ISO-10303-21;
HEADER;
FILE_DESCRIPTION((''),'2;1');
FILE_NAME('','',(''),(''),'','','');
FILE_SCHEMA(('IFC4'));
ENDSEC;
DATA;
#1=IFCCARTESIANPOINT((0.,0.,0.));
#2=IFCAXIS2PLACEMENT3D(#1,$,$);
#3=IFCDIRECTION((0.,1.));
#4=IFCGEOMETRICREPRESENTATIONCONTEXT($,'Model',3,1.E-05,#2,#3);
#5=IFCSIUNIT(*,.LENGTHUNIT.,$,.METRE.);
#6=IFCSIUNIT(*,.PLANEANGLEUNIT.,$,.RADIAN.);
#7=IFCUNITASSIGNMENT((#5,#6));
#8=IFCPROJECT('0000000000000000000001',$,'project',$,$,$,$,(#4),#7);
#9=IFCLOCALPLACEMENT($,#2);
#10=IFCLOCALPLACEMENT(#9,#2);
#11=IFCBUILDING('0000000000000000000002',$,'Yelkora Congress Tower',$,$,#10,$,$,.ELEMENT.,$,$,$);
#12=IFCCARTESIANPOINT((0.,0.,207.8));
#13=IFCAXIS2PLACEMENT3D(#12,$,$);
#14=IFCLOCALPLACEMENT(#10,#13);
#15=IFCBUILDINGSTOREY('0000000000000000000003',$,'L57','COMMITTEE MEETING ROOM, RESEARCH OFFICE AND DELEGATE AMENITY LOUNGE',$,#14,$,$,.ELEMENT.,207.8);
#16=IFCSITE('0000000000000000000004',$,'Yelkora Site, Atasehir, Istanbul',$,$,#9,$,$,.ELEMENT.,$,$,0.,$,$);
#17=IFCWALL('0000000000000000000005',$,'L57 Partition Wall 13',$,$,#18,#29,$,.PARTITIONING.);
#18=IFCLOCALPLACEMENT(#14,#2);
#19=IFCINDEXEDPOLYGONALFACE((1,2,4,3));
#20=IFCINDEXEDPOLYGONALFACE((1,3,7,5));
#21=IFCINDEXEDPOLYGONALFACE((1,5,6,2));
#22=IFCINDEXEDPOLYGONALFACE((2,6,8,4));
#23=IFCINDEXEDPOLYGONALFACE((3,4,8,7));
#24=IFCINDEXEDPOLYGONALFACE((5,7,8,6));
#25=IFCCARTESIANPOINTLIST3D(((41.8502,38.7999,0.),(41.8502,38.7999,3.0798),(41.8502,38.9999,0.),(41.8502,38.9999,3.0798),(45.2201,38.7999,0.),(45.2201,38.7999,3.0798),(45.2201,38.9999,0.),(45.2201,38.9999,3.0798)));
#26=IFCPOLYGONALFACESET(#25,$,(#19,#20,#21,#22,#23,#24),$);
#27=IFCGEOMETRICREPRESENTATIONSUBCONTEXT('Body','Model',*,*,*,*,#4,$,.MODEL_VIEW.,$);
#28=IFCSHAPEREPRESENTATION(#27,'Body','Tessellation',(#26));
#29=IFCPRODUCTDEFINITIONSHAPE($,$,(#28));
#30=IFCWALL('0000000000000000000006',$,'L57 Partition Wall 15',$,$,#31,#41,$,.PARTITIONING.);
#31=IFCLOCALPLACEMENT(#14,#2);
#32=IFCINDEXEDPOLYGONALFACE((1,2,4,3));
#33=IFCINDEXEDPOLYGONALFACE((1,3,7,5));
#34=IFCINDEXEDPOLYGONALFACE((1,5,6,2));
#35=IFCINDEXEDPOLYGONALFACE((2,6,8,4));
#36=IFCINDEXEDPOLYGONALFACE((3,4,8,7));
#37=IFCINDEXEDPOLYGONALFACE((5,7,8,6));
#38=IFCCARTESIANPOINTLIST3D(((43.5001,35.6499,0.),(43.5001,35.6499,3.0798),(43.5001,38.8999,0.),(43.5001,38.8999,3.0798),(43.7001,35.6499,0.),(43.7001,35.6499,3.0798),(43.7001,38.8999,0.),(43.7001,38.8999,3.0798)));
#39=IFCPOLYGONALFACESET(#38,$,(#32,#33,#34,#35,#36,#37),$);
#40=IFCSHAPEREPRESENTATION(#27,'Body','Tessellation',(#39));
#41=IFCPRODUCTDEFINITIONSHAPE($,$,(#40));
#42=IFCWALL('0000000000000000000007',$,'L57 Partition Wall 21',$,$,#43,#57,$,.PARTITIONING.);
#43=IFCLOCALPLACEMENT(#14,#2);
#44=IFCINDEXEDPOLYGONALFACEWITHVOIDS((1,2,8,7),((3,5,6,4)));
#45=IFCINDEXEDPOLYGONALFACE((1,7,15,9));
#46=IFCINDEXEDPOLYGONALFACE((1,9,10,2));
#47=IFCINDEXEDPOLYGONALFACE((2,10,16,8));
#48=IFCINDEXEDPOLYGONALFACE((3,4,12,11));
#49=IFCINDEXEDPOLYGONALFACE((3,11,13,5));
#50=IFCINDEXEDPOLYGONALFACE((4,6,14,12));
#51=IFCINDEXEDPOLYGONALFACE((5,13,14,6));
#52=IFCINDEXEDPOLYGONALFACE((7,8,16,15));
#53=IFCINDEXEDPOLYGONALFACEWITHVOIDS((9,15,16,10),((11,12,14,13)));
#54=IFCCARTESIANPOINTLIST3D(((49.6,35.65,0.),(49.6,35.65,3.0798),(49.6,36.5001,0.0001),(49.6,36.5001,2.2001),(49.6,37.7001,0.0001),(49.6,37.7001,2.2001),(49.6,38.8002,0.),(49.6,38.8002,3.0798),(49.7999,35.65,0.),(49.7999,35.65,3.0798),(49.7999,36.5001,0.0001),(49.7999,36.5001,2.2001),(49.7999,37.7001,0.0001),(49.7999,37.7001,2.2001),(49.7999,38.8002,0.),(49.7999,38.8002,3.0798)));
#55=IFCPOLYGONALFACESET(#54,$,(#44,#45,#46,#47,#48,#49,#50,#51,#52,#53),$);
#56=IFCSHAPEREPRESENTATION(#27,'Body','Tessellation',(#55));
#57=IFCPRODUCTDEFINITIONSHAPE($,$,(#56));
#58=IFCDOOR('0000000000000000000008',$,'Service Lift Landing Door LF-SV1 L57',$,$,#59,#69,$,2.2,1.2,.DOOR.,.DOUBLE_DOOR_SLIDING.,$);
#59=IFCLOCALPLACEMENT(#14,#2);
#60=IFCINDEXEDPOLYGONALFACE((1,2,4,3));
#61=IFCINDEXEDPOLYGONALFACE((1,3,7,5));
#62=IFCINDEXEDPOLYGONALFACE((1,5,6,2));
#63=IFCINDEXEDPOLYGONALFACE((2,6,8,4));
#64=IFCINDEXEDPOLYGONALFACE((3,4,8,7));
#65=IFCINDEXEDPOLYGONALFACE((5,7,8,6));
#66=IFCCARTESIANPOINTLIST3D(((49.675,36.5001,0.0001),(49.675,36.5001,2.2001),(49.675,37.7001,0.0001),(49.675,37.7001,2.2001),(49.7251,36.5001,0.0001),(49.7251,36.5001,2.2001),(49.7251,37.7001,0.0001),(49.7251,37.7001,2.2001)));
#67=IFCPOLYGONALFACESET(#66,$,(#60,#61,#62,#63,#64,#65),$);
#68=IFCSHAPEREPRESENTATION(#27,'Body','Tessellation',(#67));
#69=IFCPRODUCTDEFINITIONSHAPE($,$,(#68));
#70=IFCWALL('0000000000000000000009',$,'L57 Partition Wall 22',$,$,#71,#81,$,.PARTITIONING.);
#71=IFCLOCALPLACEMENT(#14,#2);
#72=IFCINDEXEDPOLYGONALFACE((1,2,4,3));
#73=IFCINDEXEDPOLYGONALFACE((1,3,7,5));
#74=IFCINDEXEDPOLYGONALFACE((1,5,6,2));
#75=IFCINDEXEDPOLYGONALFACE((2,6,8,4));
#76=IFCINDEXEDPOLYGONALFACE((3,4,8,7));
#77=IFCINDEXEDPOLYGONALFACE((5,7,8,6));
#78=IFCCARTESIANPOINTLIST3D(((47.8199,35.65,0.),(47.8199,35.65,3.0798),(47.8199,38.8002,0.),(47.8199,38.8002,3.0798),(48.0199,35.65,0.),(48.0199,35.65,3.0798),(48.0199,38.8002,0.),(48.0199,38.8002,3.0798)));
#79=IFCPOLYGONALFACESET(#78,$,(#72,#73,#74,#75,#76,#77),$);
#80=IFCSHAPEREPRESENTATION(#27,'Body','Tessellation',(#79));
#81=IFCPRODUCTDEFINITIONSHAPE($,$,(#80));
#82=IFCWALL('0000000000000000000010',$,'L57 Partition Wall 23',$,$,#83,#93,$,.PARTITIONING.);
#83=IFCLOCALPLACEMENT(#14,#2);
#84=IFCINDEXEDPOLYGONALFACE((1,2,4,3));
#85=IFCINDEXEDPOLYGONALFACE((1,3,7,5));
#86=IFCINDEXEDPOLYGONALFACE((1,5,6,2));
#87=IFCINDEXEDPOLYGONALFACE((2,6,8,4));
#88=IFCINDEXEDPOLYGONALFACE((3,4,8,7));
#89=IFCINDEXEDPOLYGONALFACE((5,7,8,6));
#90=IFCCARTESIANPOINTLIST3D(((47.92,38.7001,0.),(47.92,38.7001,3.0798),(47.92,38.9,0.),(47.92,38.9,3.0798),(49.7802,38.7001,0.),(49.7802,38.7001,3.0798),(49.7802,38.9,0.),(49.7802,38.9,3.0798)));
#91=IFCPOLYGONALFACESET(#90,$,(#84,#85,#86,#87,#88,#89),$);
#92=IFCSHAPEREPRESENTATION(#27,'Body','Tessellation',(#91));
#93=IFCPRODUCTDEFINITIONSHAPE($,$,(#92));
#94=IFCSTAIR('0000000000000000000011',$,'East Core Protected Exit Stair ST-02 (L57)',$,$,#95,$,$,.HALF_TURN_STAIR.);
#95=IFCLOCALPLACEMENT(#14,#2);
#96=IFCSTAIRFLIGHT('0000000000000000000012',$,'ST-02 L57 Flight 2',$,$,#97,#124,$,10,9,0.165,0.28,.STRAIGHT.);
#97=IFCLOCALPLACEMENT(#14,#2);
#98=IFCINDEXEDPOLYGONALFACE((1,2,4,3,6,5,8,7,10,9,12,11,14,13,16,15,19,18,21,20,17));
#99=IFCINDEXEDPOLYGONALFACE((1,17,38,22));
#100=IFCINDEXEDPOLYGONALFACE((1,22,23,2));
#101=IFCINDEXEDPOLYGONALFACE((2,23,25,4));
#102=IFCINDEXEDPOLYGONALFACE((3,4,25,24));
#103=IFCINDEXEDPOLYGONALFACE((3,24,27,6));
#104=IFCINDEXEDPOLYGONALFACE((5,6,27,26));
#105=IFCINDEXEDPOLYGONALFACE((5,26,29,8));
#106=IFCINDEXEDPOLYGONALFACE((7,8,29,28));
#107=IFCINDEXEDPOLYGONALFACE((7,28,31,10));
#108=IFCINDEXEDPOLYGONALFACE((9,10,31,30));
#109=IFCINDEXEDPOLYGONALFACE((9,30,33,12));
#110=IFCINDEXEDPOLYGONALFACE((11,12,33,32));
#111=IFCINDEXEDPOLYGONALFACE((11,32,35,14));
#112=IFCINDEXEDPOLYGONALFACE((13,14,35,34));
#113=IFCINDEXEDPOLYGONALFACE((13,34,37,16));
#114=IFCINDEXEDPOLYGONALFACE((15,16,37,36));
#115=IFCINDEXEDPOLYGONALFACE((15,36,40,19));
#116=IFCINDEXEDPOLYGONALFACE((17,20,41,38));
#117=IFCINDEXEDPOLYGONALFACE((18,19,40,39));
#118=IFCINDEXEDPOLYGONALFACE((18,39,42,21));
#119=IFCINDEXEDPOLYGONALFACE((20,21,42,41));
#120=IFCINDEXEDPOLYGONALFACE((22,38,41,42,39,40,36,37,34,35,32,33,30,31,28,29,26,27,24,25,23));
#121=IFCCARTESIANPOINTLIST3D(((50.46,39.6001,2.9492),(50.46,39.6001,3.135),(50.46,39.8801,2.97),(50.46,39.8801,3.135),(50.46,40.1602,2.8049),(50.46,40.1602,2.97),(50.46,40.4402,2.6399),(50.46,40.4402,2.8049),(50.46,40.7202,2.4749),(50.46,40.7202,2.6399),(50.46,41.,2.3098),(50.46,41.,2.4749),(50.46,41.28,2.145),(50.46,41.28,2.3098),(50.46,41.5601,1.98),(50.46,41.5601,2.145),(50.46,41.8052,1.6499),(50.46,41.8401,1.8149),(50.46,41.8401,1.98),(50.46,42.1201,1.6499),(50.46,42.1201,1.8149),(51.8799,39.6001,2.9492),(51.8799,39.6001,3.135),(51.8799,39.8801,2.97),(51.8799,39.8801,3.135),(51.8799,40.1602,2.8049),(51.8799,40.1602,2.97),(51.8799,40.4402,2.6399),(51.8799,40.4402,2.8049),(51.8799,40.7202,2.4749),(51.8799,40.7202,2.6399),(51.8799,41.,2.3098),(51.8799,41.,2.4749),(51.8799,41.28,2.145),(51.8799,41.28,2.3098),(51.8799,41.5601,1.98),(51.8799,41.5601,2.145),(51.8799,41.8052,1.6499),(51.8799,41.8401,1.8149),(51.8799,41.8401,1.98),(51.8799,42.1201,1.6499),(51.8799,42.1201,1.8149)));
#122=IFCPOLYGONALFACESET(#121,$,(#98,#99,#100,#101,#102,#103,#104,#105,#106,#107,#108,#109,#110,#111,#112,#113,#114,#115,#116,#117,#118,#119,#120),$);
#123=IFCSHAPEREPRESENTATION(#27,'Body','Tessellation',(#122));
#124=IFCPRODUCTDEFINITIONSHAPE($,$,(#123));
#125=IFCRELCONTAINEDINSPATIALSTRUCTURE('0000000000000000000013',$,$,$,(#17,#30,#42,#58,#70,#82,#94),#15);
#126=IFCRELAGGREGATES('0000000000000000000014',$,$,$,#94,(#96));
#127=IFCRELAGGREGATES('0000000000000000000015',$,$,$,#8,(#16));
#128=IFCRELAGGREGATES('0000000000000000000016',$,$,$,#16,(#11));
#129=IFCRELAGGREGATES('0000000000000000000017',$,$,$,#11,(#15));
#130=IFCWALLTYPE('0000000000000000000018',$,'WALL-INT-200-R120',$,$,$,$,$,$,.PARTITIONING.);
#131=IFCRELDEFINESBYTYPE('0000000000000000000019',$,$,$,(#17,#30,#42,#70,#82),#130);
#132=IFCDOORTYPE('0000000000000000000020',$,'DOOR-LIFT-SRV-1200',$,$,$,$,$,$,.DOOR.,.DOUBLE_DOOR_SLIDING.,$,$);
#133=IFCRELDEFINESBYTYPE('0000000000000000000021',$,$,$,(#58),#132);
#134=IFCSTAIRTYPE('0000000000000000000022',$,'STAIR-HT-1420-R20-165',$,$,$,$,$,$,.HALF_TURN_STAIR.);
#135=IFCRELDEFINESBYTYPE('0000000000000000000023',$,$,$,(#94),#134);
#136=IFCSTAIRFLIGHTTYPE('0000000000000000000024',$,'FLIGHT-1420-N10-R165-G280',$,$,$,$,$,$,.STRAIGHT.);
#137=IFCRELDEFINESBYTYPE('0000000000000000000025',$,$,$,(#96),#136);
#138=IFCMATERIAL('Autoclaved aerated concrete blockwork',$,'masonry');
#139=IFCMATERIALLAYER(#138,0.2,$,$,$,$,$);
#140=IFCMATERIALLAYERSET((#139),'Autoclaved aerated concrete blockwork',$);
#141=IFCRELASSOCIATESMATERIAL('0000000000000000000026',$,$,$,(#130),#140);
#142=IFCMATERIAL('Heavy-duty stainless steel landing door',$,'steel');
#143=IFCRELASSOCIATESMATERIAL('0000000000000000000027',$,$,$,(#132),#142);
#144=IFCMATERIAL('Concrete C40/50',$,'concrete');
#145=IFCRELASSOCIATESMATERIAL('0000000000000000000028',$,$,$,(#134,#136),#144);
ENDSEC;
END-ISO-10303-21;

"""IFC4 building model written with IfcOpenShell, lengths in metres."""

from ifc_helpers import new_model, si_unit, direction, frame, frame_2d, origin, place, context, subcontext, project, spatial, polyline, rectangle, outline, extrude, material, layer, layer_set, type_object, element, fill, aggregate, save


model = new_model("IFC4")

# Units and contexts
model_context = context("Model", 3, precision=1e-05, world=origin(), true_north=direction((0.0, 1.0)))
body_context = subcontext(model_context, "Body", "Model", "MODEL_VIEW")
ifc_project = project(units=[si_unit("LENGTHUNIT", "METRE"), si_unit("PLANEANGLEUNIT", "RADIAN")], contexts=[model_context])

# Site, building, storey
site_placement = place(None, origin())
site = spatial("IfcSite", under=ifc_project, at=site_placement, Name="Yelkora Site, Atasehir, Istanbul", CompositionType="ELEMENT", RefElevation=0.0)
building_placement = place(site_placement, origin())
building = spatial("IfcBuilding", under=site, at=building_placement, Name="Yelkora Congress Tower", CompositionType="ELEMENT")
storey_placement = place(building_placement, frame((0.0, 0.0, 207.8)))
storey = spatial("IfcBuildingStorey", under=building, at=storey_placement, Name="L57", Description="COMMITTEE MEETING ROOM, RESEARCH OFFICE AND DELEGATE AMENITY LOUNGE", CompositionType="ELEMENT", Elevation=207.8)

# Walls
ifc_material_1 = material(Name="Autoclaved aerated concrete blockwork", Category="masonry")
ifc_layer_1 = layer(ifc_material_1, 0.2)
ifc_layer_set_1 = layer_set([ifc_layer_1], Name="Autoclaved aerated concrete blockwork")
wall_type_1 = type_object("IfcWallType", Name="WALL-INT-200-R120", PredefinedType="PARTITIONING", material=ifc_layer_set_1)
wall_1_placement = place(storey_placement, frame((41.8501, 38.8999, 0.0), z_axis=(0.0, 0.0, 1.0), x_axis=(1.0, 0.0, 0.0)))
element("IfcWall", 1, at=wall_1_placement, inside=storey, type_object=wall_type_1, Name="L57 Partition Wall 13", PredefinedType="PARTITIONING", context=body_context, shape_type="SweptSolid", body=[
    extrude(rectangle(XDim=3.3699, YDim=0.2, at=frame_2d((1.6851, 0.0))), origin(), (0.0, 0.0, 1.0), 3.0798),
])
wall_2_placement = place(storey_placement, frame((43.6001, 35.6499, 0.0), z_axis=(0.0, 0.0, 1.0), x_axis=(0.0, 1.0, 0.0)))
element("IfcWall", 2, at=wall_2_placement, inside=storey, type_object=wall_type_1, Name="L57 Partition Wall 15", PredefinedType="PARTITIONING", context=body_context, shape_type="SweptSolid", body=[
    extrude(rectangle(XDim=3.25, YDim=0.2, at=frame_2d((1.625, 0.0))), origin(), (0.0, 0.0, 1.0), 3.0798),
])

# Wall, opening, door
wall_3_placement = place(storey_placement, frame((49.7, 35.6499, 0.0), z_axis=(0.0, 0.0, 1.0), x_axis=(0.0, 1.0, 0.0)))
wall_3 = element("IfcWall", 3, at=wall_3_placement, inside=storey, type_object=wall_type_1, Name="L57 Partition Wall 21", PredefinedType="PARTITIONING", context=body_context, shape_type="SweptSolid", body=[
    extrude(rectangle(XDim=3.1501, YDim=0.2, at=frame_2d((1.5752, 0.0))), origin(), (0.0, 0.0, 1.0), 3.0798),
])
opening_1_placement = place(wall_3_placement, frame((0.8501, 0.0, 0.0)))
opening_1 = element("IfcOpeningElement", 4, at=opening_1_placement, cuts=wall_3, PredefinedType="OPENING", context=body_context, shape_type="SweptSolid", body=[
    extrude(rectangle(XDim=1.2, YDim=2.2, at=frame_2d((0.6001, 1.1001))), frame((0.0, 0.1099, 0.0), z_axis=(0.0, -1.0, 0.0), x_axis=(1.0, 0.0, 0.0)), (0.0, 0.0, 1.0), 0.22),
])
ifc_material_2 = material(Name="Heavy-duty stainless steel landing door", Category="steel")
door_type_1 = type_object("IfcDoorType", Name="DOOR-LIFT-SRV-1200", OperationType="DOUBLE_DOOR_SLIDING", PredefinedType="DOOR", material=ifc_material_2)
door_1_placement = place(opening_1_placement, origin())
door_1 = element("IfcDoor", 5, at=door_1_placement, inside=storey, type_object=door_type_1, Name="Service Lift Landing Door LF-SV1 L57", OperationType="DOUBLE_DOOR_SLIDING", OverallHeight=2.2, OverallWidth=1.2, PredefinedType="DOOR", context=body_context, shape_type="SweptSolid", body=[
    extrude(rectangle(XDim=1.2, YDim=2.2, at=frame_2d((0.6001, 1.1001))), frame((0.0, 0.0249, 0.0), z_axis=(0.0, -1.0, 0.0), x_axis=(1.0, 0.0, 0.0)), (0.0, 0.0, 1.0), 0.05),
])
fill(opening_1, door_1)

# Walls
wall_4_placement = place(storey_placement, frame((47.9199, 35.6499, 0.0), z_axis=(0.0, 0.0, 1.0), x_axis=(0.0, 1.0, 0.0)))
element("IfcWall", 6, at=wall_4_placement, inside=storey, type_object=wall_type_1, Name="L57 Partition Wall 22", PredefinedType="PARTITIONING", context=body_context, shape_type="SweptSolid", body=[
    extrude(rectangle(XDim=3.1501, YDim=0.2, at=frame_2d((1.5752, 0.0))), origin(), (0.0, 0.0, 1.0), 3.0798),
])
wall_5_placement = place(storey_placement, frame((47.9199, 38.8, 0.0), z_axis=(0.0, 0.0, 1.0), x_axis=(1.0, 0.0, 0.0)))
element("IfcWall", 7, at=wall_5_placement, inside=storey, type_object=wall_type_1, Name="L57 Partition Wall 23", PredefinedType="PARTITIONING", context=body_context, shape_type="SweptSolid", body=[
    extrude(rectangle(XDim=1.8601, YDim=0.2, at=frame_2d((0.9302, 0.0))), origin(), (0.0, 0.0, 1.0), 3.0798),
])

# Stair, stair flight
ifc_material_3 = material(Name="Concrete C40/50", Category="concrete")
stair_type = type_object("IfcStairType", Name="STAIR-HT-1420-R20-165", PredefinedType="HALF_TURN_STAIR", material=ifc_material_3)
stair_placement = place(storey_placement, origin())
stair = element("IfcStair", 8, at=stair_placement, inside=storey, type_object=stair_type, Name="East Core Protected Exit Stair ST-02 (L57)", PredefinedType="HALF_TURN_STAIR")
stair_flight_type = type_object("IfcStairFlightType", Name="FLIGHT-1420-N10-R165-G280", PredefinedType="STRAIGHT", material=ifc_material_3)
stair_flight_placement = place(storey_placement, frame((51.1699, 42.1201, 1.6499), z_axis=(0.0, 0.0, 1.0), x_axis=(0.0, -1.0, 0.0)))
stair_flight = element("IfcStairFlight", 9, at=stair_flight_placement, type_object=stair_flight_type, Name="ST-02 L57 Flight 2", NumberOfRisers=10, NumberOfTreads=9, PredefinedType="STRAIGHT", RiserHeight=0.165, TreadLength=0.28, context=body_context, shape_type="SweptSolid", body=[
    extrude(outline(polyline([(0.0, 0.0), (0.0, 0.165), (0.28, 0.165), (0.28, 0.3301), (0.5601, 0.3301), (0.5601, 0.4951), (0.8401, 0.4951), (0.8401, 0.6599), (1.1201, 0.6599), (1.1201, 0.825), (1.3999, 0.825), (1.3999, 0.99), (1.6799, 0.99), (1.6799, 1.155), (1.96, 1.155), (1.96, 1.3201), (2.24, 1.3201), (2.24, 1.4851), (2.52, 1.4851), (2.52, 1.6499), (2.52, 1.2993), (0.3149, 0.0), (0.0, 0.0)])), frame((0.0, 0.71, 0.0), z_axis=(0.0, -1.0, 0.0), x_axis=(1.0, 0.0, 0.0)), (0.0, 0.0, 1.0), 1.4199),
])
aggregate(stair, [stair_flight])

save(model, "model.ifc")
